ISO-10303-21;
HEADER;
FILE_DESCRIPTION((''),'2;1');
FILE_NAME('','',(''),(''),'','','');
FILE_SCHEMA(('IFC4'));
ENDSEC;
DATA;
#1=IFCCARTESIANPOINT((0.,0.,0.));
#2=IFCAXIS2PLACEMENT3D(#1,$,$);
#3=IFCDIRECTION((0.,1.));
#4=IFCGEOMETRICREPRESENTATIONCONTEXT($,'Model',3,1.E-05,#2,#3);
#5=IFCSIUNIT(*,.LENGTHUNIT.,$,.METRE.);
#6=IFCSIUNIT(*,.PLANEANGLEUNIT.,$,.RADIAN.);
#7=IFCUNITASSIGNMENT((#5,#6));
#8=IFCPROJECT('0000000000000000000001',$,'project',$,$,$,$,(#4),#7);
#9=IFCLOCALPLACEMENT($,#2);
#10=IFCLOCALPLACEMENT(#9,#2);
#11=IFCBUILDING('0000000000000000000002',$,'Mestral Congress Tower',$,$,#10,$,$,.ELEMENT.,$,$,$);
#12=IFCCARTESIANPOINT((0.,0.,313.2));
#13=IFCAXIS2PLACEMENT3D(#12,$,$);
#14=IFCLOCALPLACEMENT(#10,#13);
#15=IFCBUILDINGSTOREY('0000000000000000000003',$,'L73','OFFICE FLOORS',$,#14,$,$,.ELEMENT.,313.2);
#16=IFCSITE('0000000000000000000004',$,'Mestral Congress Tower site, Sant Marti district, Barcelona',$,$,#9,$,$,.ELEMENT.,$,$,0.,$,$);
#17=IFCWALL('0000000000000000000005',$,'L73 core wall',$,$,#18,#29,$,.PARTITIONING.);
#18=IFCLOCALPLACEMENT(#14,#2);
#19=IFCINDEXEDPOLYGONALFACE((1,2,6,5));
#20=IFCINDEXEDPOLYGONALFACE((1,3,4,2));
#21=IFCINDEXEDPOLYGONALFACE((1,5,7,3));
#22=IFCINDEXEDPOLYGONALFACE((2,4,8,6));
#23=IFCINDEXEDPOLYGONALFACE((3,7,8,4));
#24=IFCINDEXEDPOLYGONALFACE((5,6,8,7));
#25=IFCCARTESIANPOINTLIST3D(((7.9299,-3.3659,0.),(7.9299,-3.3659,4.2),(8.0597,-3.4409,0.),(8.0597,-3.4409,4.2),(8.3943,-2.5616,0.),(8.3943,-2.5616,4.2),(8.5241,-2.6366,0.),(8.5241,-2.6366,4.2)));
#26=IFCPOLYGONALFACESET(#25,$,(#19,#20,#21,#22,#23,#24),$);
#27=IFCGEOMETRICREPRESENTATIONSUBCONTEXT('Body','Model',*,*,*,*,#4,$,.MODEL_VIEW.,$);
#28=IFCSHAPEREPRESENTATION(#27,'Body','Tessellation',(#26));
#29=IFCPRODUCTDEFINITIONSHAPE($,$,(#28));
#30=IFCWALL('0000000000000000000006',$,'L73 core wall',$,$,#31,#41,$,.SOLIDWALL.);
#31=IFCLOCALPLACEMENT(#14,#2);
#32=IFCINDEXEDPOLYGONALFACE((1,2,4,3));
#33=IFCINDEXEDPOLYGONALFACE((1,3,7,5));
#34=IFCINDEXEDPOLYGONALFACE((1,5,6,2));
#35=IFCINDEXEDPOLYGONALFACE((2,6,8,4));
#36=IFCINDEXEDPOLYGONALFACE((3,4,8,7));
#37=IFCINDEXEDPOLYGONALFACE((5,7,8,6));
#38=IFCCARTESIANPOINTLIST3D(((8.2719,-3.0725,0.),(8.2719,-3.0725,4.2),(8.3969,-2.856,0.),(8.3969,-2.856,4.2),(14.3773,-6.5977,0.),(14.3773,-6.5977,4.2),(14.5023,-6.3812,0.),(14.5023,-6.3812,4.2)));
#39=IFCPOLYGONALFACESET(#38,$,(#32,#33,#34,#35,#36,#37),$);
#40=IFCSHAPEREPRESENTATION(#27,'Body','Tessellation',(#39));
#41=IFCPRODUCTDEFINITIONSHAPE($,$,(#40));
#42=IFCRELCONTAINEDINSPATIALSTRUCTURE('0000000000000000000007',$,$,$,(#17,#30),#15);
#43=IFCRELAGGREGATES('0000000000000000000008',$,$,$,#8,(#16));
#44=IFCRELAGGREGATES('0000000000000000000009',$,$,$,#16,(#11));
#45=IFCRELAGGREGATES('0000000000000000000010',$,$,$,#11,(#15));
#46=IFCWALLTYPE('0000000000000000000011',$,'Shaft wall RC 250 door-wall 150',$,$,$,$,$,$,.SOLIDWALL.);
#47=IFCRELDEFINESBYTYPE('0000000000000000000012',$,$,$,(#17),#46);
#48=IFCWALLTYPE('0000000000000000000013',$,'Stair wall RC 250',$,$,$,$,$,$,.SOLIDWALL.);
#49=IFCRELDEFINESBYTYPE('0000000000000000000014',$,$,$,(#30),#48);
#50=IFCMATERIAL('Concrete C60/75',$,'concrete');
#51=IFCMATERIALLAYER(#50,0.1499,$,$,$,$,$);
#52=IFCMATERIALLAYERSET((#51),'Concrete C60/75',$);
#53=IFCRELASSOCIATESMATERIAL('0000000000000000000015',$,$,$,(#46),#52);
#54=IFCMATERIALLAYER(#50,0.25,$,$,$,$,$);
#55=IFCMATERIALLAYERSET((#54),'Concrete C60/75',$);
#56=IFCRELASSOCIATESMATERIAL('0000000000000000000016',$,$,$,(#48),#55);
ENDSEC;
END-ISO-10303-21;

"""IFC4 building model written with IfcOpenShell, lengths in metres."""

from ifc_helpers import new_model, si_unit, direction, frame, frame_2d, origin, place, context, subcontext, project, spatial, rectangle, extrude, material, layer, layer_set, type_object, element, save


model = new_model("IFC4")

# Units and contexts
model_context = context("Model", 3, precision=1e-05, world=origin(), true_north=direction((0.0, 1.0)))
body_context = subcontext(model_context, "Body", "Model", "MODEL_VIEW")
ifc_project = project(units=[si_unit("LENGTHUNIT", "METRE"), si_unit("PLANEANGLEUNIT", "RADIAN")], contexts=[model_context])

# Site, building, storey
site_placement = place(None, origin())
site = spatial("IfcSite", under=ifc_project, at=site_placement, Name="Mestral Congress Tower site, Sant Marti district, Barcelona", CompositionType="ELEMENT", RefElevation=0.0)
building_placement = place(site_placement, origin())
building = spatial("IfcBuilding", under=site, at=building_placement, Name="Mestral Congress Tower", CompositionType="ELEMENT")
storey_placement = place(building_placement, frame((0.0, 0.0, 313.2)))
storey = spatial("IfcBuildingStorey", under=building, at=storey_placement, Name="L73", Description="OFFICE FLOORS", CompositionType="ELEMENT", Elevation=313.2)

# Shared definitions
ifc_material_1 = material(Name="Concrete C60/75", Category="concrete")

# Walls
ifc_layer_1 = layer(ifc_material_1, 0.1499)
ifc_layer_set_1 = layer_set([ifc_layer_1], Name="Concrete C60/75")
wall_type_1 = type_object("IfcWallType", Name="Shaft wall RC 250 door-wall 150", PredefinedType="SOLIDWALL", material=ifc_layer_set_1)
wall_1_placement = place(storey_placement, frame((8.4592, -2.5991, 0.0), z_axis=(0.0, 0.0, 1.0), x_axis=(-0.500041, -0.866002, 0.0)))
element("IfcWall", 1, at=wall_1_placement, inside=storey, type_object=wall_type_1, Name="L73 core wall", PredefinedType="PARTITIONING", context=body_context, shape_type="SweptSolid", body=[
    extrude(rectangle(XDim=0.9287, YDim=0.1499, at=frame_2d((0.4644, 0.0))), origin(), (0.0, 0.0, 1.0), 4.2),
])
ifc_layer_2 = layer(ifc_material_1, 0.25)
ifc_layer_set_2 = layer_set([ifc_layer_2], Name="Concrete C60/75")
wall_type_2 = type_object("IfcWallType", Name="Stair wall RC 250", PredefinedType="SOLIDWALL", material=ifc_layer_set_2)
wall_2_placement = place(storey_placement, frame((8.3345, -2.9644, 0.0), z_axis=(0.0, 0.0, 1.0), x_axis=(0.866016, -0.500016, 0.0)))
element("IfcWall", 2, at=wall_2_placement, inside=storey, type_object=wall_type_2, Name="L73 core wall", PredefinedType="SOLIDWALL", context=body_context, shape_type="SweptSolid", body=[
    extrude(rectangle(XDim=7.05, YDim=0.25, at=frame_2d((3.5249, 0.0))), origin(), (0.0, 0.0, 1.0), 4.2),
])

save(model, "model.ifc")
